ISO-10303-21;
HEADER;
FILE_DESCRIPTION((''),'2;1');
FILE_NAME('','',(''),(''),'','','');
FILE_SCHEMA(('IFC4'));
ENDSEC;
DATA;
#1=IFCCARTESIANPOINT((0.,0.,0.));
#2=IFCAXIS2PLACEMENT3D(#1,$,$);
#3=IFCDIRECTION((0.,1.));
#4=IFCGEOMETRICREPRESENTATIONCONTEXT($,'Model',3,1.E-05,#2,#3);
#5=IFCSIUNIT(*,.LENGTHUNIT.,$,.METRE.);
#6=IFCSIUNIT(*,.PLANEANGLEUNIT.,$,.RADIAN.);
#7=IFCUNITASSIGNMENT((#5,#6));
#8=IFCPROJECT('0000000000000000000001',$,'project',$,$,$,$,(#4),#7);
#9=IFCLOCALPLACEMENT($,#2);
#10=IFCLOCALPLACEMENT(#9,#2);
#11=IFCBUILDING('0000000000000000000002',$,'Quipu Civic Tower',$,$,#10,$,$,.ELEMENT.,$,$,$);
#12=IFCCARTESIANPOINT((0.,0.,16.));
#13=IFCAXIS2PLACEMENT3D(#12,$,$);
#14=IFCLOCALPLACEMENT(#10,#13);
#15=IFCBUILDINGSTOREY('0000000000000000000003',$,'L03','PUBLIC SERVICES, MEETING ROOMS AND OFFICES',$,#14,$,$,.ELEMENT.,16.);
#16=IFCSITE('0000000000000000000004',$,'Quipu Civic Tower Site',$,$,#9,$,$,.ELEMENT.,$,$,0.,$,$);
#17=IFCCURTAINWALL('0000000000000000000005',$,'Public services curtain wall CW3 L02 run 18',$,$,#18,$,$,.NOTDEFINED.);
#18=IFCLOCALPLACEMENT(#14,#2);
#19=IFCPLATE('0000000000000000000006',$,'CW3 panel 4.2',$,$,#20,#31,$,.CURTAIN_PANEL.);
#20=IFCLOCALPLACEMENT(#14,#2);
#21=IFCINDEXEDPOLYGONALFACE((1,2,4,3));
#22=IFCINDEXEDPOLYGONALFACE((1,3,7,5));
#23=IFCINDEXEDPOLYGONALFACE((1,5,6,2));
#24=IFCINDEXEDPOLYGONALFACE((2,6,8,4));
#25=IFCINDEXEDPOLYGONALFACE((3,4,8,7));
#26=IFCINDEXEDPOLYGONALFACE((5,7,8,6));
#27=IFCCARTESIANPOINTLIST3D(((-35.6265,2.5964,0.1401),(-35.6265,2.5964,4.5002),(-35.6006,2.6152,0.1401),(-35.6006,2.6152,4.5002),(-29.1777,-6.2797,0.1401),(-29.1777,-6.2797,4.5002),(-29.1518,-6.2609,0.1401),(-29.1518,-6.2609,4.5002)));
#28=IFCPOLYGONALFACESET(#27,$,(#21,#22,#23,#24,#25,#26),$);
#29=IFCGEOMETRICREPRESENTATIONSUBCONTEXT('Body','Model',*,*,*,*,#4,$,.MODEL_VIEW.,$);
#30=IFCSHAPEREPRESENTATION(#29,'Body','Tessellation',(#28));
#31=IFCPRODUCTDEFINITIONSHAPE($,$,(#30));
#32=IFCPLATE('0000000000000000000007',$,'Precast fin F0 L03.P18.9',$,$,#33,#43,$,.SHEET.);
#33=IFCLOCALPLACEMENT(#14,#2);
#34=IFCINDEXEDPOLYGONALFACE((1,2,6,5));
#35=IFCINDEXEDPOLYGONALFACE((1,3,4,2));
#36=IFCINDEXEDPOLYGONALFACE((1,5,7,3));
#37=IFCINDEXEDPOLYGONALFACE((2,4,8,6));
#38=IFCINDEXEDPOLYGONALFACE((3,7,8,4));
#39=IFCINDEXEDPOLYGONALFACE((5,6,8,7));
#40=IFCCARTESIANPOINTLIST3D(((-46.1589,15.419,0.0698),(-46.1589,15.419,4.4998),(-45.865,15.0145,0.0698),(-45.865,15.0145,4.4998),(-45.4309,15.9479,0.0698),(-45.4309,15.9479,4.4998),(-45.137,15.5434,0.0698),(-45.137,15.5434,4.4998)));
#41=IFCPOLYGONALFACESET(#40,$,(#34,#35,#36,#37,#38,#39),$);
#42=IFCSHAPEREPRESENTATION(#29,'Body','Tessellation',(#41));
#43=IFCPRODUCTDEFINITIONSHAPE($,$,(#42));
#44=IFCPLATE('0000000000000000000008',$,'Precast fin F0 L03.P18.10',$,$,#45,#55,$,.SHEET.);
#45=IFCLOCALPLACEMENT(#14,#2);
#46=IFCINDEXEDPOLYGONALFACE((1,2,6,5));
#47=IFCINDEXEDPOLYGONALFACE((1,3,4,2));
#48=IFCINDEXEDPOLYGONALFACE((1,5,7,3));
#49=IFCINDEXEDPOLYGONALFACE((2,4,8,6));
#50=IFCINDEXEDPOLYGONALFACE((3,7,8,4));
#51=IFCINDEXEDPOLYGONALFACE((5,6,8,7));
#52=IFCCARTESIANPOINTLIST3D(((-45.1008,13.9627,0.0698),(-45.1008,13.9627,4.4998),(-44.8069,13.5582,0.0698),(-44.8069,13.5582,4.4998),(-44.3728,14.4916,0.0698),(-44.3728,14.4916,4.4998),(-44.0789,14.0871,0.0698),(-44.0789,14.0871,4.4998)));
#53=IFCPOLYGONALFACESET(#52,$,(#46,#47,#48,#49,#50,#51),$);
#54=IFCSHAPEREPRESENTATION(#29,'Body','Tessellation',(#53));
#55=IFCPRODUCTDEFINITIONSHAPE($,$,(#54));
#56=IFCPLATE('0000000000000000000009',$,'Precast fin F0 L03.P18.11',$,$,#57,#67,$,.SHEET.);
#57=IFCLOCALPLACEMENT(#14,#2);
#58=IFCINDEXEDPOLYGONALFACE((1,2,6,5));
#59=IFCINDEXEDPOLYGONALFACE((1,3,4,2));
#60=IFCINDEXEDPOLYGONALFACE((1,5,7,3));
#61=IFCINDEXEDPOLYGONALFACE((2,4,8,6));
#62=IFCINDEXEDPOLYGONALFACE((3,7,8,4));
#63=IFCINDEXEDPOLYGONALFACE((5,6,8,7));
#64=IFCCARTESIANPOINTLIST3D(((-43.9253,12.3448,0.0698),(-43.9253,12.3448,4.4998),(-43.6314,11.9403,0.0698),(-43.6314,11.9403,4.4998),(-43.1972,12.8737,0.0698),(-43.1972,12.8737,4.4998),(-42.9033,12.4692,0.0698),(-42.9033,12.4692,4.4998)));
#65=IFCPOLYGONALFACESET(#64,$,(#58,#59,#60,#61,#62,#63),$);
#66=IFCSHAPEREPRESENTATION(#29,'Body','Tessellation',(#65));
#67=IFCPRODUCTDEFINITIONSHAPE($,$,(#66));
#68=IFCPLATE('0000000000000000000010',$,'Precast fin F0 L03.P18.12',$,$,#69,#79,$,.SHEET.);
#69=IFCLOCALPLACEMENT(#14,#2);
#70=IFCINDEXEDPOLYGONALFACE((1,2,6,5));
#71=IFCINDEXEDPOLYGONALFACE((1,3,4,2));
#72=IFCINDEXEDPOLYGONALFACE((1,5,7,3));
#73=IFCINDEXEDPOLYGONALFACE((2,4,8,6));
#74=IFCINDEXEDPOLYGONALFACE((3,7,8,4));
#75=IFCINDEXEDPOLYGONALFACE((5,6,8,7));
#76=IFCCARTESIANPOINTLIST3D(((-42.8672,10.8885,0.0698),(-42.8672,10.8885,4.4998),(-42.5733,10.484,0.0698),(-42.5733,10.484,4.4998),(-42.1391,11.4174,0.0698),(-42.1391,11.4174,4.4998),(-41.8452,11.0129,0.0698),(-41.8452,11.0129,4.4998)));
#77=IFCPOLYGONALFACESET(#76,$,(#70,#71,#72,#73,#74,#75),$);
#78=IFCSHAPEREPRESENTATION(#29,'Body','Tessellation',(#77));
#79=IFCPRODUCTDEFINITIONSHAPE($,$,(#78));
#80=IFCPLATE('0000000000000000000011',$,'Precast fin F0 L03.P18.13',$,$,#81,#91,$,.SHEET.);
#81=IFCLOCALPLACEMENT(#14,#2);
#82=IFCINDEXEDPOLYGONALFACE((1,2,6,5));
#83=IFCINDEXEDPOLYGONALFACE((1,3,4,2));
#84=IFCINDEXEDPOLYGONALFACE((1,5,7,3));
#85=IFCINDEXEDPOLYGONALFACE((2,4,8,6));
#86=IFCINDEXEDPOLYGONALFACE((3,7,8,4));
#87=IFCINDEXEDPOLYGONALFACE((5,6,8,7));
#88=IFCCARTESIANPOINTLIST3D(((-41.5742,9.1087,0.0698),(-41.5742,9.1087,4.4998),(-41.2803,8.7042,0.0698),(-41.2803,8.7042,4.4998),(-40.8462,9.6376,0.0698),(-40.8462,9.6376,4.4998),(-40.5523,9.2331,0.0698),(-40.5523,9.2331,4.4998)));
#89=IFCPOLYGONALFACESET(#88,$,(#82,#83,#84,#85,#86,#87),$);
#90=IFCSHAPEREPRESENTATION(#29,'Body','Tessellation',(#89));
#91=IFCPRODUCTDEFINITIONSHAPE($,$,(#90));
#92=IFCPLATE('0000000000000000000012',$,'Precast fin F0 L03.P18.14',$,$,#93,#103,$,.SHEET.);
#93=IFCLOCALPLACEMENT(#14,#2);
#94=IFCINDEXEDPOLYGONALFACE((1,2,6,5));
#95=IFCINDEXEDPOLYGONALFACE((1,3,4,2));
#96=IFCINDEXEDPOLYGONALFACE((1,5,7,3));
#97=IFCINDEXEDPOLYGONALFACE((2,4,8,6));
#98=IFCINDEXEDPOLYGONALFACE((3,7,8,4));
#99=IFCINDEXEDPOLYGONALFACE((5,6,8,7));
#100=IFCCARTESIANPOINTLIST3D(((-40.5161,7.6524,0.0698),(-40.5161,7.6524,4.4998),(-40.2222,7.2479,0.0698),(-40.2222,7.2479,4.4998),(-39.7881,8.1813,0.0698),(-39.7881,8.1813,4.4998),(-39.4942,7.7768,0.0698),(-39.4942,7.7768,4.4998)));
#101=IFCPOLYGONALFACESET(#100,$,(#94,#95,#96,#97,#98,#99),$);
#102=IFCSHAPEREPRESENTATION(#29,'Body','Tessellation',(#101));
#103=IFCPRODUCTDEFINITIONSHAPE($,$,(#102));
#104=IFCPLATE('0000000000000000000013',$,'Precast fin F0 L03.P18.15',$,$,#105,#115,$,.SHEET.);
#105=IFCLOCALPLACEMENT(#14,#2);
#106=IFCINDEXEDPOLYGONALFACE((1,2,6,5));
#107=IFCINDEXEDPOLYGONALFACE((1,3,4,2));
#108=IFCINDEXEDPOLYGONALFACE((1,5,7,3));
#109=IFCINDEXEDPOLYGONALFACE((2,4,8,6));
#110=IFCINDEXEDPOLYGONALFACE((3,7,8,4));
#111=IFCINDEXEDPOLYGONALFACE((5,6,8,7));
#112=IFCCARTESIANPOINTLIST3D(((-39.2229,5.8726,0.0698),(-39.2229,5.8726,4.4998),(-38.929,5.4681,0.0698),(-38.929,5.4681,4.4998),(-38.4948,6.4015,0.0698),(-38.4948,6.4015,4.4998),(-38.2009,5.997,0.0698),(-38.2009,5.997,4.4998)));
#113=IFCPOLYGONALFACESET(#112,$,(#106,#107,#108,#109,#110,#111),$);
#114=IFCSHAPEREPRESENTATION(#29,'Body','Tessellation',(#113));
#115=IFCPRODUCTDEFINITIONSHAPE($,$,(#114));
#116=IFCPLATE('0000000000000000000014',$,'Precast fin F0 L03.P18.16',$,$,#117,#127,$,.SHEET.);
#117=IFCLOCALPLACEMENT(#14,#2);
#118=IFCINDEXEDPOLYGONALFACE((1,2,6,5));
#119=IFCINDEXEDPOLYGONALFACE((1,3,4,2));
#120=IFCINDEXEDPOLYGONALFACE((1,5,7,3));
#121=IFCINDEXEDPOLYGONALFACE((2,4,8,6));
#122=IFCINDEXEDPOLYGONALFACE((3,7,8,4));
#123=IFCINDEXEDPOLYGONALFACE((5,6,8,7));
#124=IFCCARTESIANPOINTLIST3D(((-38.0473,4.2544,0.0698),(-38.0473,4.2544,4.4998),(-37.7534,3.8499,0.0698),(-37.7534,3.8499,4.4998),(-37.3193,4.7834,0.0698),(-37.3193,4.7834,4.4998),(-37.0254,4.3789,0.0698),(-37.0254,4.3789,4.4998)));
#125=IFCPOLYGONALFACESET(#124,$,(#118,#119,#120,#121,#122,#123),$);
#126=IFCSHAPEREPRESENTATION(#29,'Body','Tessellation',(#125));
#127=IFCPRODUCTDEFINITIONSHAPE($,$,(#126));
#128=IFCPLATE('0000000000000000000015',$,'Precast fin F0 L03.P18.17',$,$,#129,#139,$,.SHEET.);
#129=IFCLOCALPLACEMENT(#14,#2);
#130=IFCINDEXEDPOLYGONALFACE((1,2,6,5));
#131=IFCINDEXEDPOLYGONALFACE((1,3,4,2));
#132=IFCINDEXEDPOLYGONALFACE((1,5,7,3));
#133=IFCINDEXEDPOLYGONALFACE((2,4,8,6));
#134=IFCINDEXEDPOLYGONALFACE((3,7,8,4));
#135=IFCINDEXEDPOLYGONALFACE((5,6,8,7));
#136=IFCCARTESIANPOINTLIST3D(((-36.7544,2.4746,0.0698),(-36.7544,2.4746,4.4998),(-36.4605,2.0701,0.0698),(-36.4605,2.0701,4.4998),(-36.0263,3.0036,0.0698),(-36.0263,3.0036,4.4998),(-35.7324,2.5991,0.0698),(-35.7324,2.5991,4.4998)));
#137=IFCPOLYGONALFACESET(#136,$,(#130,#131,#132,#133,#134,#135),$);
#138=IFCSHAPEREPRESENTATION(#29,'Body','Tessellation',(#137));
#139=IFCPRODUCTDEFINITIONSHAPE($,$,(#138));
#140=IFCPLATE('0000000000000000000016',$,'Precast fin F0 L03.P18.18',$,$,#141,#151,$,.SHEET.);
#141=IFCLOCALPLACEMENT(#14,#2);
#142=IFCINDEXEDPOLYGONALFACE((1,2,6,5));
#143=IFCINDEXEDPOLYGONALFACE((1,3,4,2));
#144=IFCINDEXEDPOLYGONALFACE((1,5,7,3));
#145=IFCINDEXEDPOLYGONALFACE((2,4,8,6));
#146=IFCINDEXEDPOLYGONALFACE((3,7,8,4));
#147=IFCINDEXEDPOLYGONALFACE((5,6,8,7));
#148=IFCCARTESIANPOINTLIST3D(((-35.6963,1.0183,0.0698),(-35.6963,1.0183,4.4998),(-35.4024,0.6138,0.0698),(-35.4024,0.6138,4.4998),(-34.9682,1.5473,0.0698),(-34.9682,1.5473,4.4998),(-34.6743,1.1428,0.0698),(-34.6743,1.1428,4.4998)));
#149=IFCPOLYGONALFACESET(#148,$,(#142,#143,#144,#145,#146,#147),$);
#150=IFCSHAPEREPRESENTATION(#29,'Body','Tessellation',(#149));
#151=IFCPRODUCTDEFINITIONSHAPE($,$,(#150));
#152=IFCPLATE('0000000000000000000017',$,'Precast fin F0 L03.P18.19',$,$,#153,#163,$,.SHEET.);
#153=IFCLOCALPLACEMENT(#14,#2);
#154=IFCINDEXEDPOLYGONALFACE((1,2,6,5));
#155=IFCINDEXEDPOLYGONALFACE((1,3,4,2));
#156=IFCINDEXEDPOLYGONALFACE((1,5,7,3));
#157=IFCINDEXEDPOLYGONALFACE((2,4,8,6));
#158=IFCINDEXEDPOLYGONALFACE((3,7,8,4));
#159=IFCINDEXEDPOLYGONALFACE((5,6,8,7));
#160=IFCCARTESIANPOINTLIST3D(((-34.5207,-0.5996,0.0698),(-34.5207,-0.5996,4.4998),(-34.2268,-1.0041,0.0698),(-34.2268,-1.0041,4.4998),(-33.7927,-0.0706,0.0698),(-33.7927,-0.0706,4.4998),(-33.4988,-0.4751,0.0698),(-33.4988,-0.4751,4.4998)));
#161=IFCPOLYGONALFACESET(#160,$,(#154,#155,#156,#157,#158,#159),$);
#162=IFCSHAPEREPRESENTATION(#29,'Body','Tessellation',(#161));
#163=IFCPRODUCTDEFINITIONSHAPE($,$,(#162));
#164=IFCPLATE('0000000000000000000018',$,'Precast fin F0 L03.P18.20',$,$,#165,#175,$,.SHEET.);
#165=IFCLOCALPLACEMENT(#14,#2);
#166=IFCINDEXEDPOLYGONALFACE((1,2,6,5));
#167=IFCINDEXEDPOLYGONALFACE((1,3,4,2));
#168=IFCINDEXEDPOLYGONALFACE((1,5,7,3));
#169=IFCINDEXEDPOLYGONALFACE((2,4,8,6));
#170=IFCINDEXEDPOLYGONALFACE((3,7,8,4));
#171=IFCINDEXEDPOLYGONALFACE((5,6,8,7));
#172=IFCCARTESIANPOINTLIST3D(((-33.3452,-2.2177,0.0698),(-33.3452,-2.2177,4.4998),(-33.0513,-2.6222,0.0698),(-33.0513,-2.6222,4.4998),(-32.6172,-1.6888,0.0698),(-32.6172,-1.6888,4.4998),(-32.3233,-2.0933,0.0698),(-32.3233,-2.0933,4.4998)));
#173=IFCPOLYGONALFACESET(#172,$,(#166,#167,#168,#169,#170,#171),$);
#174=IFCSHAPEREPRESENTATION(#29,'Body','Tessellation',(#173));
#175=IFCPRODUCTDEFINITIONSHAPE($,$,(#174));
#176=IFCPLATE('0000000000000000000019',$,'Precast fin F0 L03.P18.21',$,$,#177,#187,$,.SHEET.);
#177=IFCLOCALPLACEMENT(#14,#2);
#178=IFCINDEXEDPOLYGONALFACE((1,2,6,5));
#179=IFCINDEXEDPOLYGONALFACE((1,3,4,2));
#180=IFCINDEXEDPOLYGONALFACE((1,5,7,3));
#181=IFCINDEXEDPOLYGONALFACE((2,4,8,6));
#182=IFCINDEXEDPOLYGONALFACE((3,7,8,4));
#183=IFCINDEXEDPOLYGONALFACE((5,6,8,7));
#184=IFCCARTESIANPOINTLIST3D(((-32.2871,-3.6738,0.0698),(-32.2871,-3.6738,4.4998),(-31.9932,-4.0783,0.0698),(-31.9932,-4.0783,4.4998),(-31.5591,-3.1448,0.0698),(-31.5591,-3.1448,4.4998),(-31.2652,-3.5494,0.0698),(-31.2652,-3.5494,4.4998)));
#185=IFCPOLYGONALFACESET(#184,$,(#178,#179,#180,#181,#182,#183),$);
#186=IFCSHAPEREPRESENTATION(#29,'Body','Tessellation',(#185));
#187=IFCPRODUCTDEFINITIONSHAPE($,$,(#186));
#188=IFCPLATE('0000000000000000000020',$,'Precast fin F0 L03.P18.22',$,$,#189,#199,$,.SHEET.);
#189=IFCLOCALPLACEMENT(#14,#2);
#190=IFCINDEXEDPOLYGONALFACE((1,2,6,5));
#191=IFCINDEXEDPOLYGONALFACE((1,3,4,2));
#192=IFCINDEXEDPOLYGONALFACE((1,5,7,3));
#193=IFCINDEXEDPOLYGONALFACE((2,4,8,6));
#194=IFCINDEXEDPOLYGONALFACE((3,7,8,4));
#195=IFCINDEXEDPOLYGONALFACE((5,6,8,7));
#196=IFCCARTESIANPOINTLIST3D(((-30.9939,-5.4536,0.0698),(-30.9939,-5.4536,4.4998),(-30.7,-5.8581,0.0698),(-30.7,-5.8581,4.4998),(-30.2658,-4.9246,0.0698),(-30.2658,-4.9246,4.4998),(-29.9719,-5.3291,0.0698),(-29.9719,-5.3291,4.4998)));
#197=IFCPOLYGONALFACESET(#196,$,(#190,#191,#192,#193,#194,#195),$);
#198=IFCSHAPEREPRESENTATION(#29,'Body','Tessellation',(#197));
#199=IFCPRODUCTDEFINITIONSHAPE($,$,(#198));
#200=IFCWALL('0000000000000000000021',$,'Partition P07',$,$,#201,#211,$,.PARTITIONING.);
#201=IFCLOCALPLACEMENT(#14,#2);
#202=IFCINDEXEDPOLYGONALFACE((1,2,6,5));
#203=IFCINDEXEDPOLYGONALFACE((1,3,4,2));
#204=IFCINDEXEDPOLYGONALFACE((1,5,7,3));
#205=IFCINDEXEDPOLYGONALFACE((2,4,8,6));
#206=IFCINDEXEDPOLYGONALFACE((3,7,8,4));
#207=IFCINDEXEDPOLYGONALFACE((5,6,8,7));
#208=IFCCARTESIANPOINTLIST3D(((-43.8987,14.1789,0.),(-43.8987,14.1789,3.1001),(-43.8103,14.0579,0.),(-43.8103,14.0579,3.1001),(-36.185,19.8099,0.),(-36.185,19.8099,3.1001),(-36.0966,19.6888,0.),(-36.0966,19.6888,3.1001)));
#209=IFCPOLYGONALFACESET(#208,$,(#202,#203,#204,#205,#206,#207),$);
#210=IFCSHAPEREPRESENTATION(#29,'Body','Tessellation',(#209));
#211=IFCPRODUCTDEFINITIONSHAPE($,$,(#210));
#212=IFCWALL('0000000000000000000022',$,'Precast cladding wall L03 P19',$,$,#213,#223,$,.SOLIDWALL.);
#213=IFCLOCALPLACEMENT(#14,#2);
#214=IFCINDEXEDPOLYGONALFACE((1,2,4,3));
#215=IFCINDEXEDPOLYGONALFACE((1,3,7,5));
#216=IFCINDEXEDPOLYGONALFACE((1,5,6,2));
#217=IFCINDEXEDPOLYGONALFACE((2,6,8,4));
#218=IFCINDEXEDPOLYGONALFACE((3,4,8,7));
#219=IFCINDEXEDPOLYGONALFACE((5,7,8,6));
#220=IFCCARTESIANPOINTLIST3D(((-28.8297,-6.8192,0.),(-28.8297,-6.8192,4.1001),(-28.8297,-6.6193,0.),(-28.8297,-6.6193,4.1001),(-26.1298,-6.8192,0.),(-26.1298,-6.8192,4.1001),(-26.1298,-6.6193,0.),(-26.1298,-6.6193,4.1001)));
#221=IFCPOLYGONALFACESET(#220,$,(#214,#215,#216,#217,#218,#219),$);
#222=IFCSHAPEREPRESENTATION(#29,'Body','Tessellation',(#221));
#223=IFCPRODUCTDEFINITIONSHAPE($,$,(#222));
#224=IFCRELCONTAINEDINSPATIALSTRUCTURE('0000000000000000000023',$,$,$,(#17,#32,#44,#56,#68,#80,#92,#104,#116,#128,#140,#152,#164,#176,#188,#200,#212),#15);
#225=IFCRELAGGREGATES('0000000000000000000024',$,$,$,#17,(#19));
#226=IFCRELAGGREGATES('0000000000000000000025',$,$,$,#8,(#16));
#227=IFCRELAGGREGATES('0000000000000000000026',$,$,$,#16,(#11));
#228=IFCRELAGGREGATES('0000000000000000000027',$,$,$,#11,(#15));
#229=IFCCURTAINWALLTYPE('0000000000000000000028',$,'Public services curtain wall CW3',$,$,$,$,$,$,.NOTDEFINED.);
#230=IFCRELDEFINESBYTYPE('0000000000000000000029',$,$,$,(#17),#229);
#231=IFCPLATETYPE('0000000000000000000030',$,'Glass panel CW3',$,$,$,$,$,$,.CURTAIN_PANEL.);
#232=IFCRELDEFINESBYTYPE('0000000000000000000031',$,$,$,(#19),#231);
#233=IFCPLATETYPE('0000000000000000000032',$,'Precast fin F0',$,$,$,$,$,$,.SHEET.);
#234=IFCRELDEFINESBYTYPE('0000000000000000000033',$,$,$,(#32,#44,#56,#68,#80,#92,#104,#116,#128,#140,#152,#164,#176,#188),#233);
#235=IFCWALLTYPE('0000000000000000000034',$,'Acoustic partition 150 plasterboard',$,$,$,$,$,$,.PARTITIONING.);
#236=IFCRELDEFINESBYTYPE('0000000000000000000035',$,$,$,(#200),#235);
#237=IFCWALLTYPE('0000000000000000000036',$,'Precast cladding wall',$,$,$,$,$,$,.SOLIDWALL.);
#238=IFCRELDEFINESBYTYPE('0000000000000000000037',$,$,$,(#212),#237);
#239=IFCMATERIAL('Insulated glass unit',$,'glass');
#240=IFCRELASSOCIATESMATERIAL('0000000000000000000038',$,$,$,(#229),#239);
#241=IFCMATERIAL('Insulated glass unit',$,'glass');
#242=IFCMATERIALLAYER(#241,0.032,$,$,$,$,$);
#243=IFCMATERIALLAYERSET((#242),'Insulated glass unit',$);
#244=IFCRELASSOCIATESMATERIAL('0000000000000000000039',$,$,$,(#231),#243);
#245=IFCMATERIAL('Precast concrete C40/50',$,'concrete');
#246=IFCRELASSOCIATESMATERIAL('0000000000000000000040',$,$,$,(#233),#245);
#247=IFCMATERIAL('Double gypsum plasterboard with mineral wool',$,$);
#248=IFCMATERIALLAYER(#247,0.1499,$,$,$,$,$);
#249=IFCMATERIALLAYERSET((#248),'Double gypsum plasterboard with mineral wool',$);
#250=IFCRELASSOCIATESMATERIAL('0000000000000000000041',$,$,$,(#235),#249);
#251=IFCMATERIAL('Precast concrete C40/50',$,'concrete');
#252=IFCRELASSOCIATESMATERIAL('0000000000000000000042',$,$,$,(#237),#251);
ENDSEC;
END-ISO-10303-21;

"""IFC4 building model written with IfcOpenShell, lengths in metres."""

from ifc_helpers import new_model, si_unit, direction, frame, frame_2d, origin, origin_2d, place, context, subcontext, project, spatial, rectangle, extrude, material, layer, layer_set, type_object, element, aggregate, save


model = new_model("IFC4")

# Units and contexts
model_context = context("Model", 3, precision=1e-05, world=origin(), true_north=direction((0.0, 1.0)))
body_context = subcontext(model_context, "Body", "Model", "MODEL_VIEW")
ifc_project = project(units=[si_unit("LENGTHUNIT", "METRE"), si_unit("PLANEANGLEUNIT", "RADIAN")], contexts=[model_context])

# Site, building, storey
site_placement = place(None, origin())
site = spatial("IfcSite", under=ifc_project, at=site_placement, Name="Quipu Civic Tower Site", CompositionType="ELEMENT", RefElevation=0.0)
building_placement = place(site_placement, origin())
building = spatial("IfcBuilding", under=site, at=building_placement, Name="Quipu Civic Tower", CompositionType="ELEMENT")
storey_placement = place(building_placement, frame((0.0, 0.0, 16.0)))
storey = spatial("IfcBuildingStorey", under=building, at=storey_placement, Name="L03", Description="PUBLIC SERVICES, MEETING ROOMS AND OFFICES", CompositionType="ELEMENT", Elevation=16.0)

# Curtain wall
ifc_material_1 = material(Name="Insulated glass unit", Category="glass")
curtain_wall_type = type_object("IfcCurtainWallType", Name="Public services curtain wall CW3", PredefinedType="NOTDEFINED", material=ifc_material_1)
curtain_wall_placement = place(storey_placement, origin())
curtain_wall = element("IfcCurtainWall", 1, at=curtain_wall_placement, inside=storey, type_object=curtain_wall_type, Name="Public services curtain wall CW3 L02 run 18", PredefinedType="NOTDEFINED")

# Plate
ifc_material_2 = material(Name="Insulated glass unit", Category="glass")
ifc_layer_1 = layer(ifc_material_2, 0.032)
ifc_layer_set_1 = layer_set([ifc_layer_1], Name="Insulated glass unit")
plate_type_1 = type_object("IfcPlateType", Name="Glass panel CW3", PredefinedType="CURTAIN_PANEL", material=ifc_layer_set_1)
plate_1_placement = place(storey_placement, frame((-32.3892, -1.8323, 0.1401), z_axis=(0.0, 0.0, 1.0), x_axis=(0.587785, -0.809017, 0.0)))
plate_1 = element("IfcPlate", 2, at=plate_1_placement, type_object=plate_type_1, Name="CW3 panel 4.2", PredefinedType="CURTAIN_PANEL", context=body_context, shape_type="SweptSolid", body=[
    extrude(rectangle(XDim=10.9714, YDim=0.032, at=origin_2d()), origin(), (0.0, 0.0, 1.0), 4.3601),
])
aggregate(curtain_wall, [plate_1])

# Plates
ifc_material_3 = material(Name="Precast concrete C40/50", Category="concrete")
plate_type_2 = type_object("IfcPlateType", Name="Precast fin F0", PredefinedType="SHEET", material=ifc_material_3)
for number, where, z_axis, x_axis, name in (
    (3, (-45.6479, 15.4812, 0.0698), (0.0, 0.0, 1.0), (0.587786, -0.809017, 0.0), "Precast fin F0 L03.P18.9"),
    (4, (-44.5898, 14.0249, 0.0698), (0.0, 0.0, 1.0), (0.587786, -0.809017, 0.0), "Precast fin F0 L03.P18.10"),
    (5, (-43.4143, 12.407, 0.0698), (0.0, 0.0, 1.0), (0.587786, -0.809017, 0.0), "Precast fin F0 L03.P18.11"),
    (6, (-42.3562, 10.9507, 0.0698), (0.0, 0.0, 1.0), (0.587786, -0.809017, 0.0), "Precast fin F0 L03.P18.12"),
    (7, (-41.0632, 9.1709, 0.0698), (0.0, 0.0, 1.0), (0.587786, -0.809017, 0.0), "Precast fin F0 L03.P18.13"),
    (8, (-40.0051, 7.7146, 0.0698), (0.0, 0.0, 1.0), (0.587786, -0.809017, 0.0), "Precast fin F0 L03.P18.14"),
    (9, (-38.7119, 5.9348, 0.0698), (0.0, 0.0, 1.0), (0.587786, -0.809017, 0.0), "Precast fin F0 L03.P18.15"),
    (10, (-37.5364, 4.3167, 0.0698), (0.0, 0.0, 1.0), (0.587786, -0.809017, 0.0), "Precast fin F0 L03.P18.16"),
    (11, (-36.2434, 2.5369, 0.0698), (0.0, 0.0, 1.0), (0.587786, -0.809017, 0.0), "Precast fin F0 L03.P18.17"),
    (12, (-35.1853, 1.0806, 0.0698), (0.0, 0.0, 1.0), (0.587786, -0.809017, 0.0), "Precast fin F0 L03.P18.18"),
    (13, (-34.0098, -0.5374, 0.0698), (0.0, 0.0, 1.0), (0.587786, -0.809017, 0.0), "Precast fin F0 L03.P18.19"),
    (14, (-32.8342, -2.1555, 0.0698), (0.0, 0.0, 1.0), (0.587786, -0.809017, 0.0), "Precast fin F0 L03.P18.20"),
    (15, (-31.7761, -3.6116, 0.0698), (0.0, 0.0, 1.0), (0.587786, -0.809017, 0.0), "Precast fin F0 L03.P18.21"),
    (16, (-30.4829, -5.3914, 0.0698), (0.0, 0.0, 1.0), (0.587786, -0.809017, 0.0), "Precast fin F0 L03.P18.22"),
):
    element("IfcPlate", number, at=place(storey_placement, frame(where, z_axis=z_axis, x_axis=x_axis)), inside=storey, type_object=plate_type_2, Name=name, PredefinedType="SHEET", context=body_context, shape_type="SweptSolid", body=[
        extrude(rectangle(XDim=0.5, YDim=0.8999, at=origin_2d()), origin(), (0.0, 0.0, 1.0), 4.4299),
    ])

# Walls
ifc_material_4 = material(Name="Double gypsum plasterboard with mineral wool")
ifc_layer_2 = layer(ifc_material_4, 0.1499)
ifc_layer_set_2 = layer_set([ifc_layer_2], Name="Double gypsum plasterboard with mineral wool")
wall_type_1 = type_object("IfcWallType", Name="Acoustic partition 150 plasterboard", PredefinedType="PARTITIONING", material=ifc_layer_set_2)
wall_1_placement = place(storey_placement, frame((-43.8545, 14.1184, 0.0), z_axis=(0.0, 0.0, 1.0), x_axis=(0.807691, 0.589606, 0.0)))
element("IfcWall", 17, at=wall_1_placement, inside=storey, type_object=wall_type_1, Name="Partition P07", PredefinedType="PARTITIONING", context=body_context, shape_type="SweptSolid", body=[
    extrude(rectangle(XDim=9.5503, YDim=0.1499, at=frame_2d((4.7751, 0.0))), origin(), (0.0, 0.0, 1.0), 3.1001),
])
ifc_material_5 = material(Name="Precast concrete C40/50", Category="concrete")
wall_type_2 = type_object("IfcWallType", Name="Precast cladding wall", PredefinedType="SOLIDWALL", material=ifc_material_5)
wall_2_placement = place(storey_placement, frame((-28.8298, -6.7192, 0.0), z_axis=(0.0, 0.0, 1.0), x_axis=(1.0, 0.0, 0.0)))
element("IfcWall", 18, at=wall_2_placement, inside=storey, type_object=wall_type_2, Name="Precast cladding wall L03 P19", PredefinedType="SOLIDWALL", context=body_context, shape_type="SweptSolid", body=[
    extrude(rectangle(XDim=2.7, YDim=0.2, at=frame_2d((1.3501, 0.0))), origin(), (0.0, 0.0, 1.0), 4.1001),
])

save(model, "model.ifc")
